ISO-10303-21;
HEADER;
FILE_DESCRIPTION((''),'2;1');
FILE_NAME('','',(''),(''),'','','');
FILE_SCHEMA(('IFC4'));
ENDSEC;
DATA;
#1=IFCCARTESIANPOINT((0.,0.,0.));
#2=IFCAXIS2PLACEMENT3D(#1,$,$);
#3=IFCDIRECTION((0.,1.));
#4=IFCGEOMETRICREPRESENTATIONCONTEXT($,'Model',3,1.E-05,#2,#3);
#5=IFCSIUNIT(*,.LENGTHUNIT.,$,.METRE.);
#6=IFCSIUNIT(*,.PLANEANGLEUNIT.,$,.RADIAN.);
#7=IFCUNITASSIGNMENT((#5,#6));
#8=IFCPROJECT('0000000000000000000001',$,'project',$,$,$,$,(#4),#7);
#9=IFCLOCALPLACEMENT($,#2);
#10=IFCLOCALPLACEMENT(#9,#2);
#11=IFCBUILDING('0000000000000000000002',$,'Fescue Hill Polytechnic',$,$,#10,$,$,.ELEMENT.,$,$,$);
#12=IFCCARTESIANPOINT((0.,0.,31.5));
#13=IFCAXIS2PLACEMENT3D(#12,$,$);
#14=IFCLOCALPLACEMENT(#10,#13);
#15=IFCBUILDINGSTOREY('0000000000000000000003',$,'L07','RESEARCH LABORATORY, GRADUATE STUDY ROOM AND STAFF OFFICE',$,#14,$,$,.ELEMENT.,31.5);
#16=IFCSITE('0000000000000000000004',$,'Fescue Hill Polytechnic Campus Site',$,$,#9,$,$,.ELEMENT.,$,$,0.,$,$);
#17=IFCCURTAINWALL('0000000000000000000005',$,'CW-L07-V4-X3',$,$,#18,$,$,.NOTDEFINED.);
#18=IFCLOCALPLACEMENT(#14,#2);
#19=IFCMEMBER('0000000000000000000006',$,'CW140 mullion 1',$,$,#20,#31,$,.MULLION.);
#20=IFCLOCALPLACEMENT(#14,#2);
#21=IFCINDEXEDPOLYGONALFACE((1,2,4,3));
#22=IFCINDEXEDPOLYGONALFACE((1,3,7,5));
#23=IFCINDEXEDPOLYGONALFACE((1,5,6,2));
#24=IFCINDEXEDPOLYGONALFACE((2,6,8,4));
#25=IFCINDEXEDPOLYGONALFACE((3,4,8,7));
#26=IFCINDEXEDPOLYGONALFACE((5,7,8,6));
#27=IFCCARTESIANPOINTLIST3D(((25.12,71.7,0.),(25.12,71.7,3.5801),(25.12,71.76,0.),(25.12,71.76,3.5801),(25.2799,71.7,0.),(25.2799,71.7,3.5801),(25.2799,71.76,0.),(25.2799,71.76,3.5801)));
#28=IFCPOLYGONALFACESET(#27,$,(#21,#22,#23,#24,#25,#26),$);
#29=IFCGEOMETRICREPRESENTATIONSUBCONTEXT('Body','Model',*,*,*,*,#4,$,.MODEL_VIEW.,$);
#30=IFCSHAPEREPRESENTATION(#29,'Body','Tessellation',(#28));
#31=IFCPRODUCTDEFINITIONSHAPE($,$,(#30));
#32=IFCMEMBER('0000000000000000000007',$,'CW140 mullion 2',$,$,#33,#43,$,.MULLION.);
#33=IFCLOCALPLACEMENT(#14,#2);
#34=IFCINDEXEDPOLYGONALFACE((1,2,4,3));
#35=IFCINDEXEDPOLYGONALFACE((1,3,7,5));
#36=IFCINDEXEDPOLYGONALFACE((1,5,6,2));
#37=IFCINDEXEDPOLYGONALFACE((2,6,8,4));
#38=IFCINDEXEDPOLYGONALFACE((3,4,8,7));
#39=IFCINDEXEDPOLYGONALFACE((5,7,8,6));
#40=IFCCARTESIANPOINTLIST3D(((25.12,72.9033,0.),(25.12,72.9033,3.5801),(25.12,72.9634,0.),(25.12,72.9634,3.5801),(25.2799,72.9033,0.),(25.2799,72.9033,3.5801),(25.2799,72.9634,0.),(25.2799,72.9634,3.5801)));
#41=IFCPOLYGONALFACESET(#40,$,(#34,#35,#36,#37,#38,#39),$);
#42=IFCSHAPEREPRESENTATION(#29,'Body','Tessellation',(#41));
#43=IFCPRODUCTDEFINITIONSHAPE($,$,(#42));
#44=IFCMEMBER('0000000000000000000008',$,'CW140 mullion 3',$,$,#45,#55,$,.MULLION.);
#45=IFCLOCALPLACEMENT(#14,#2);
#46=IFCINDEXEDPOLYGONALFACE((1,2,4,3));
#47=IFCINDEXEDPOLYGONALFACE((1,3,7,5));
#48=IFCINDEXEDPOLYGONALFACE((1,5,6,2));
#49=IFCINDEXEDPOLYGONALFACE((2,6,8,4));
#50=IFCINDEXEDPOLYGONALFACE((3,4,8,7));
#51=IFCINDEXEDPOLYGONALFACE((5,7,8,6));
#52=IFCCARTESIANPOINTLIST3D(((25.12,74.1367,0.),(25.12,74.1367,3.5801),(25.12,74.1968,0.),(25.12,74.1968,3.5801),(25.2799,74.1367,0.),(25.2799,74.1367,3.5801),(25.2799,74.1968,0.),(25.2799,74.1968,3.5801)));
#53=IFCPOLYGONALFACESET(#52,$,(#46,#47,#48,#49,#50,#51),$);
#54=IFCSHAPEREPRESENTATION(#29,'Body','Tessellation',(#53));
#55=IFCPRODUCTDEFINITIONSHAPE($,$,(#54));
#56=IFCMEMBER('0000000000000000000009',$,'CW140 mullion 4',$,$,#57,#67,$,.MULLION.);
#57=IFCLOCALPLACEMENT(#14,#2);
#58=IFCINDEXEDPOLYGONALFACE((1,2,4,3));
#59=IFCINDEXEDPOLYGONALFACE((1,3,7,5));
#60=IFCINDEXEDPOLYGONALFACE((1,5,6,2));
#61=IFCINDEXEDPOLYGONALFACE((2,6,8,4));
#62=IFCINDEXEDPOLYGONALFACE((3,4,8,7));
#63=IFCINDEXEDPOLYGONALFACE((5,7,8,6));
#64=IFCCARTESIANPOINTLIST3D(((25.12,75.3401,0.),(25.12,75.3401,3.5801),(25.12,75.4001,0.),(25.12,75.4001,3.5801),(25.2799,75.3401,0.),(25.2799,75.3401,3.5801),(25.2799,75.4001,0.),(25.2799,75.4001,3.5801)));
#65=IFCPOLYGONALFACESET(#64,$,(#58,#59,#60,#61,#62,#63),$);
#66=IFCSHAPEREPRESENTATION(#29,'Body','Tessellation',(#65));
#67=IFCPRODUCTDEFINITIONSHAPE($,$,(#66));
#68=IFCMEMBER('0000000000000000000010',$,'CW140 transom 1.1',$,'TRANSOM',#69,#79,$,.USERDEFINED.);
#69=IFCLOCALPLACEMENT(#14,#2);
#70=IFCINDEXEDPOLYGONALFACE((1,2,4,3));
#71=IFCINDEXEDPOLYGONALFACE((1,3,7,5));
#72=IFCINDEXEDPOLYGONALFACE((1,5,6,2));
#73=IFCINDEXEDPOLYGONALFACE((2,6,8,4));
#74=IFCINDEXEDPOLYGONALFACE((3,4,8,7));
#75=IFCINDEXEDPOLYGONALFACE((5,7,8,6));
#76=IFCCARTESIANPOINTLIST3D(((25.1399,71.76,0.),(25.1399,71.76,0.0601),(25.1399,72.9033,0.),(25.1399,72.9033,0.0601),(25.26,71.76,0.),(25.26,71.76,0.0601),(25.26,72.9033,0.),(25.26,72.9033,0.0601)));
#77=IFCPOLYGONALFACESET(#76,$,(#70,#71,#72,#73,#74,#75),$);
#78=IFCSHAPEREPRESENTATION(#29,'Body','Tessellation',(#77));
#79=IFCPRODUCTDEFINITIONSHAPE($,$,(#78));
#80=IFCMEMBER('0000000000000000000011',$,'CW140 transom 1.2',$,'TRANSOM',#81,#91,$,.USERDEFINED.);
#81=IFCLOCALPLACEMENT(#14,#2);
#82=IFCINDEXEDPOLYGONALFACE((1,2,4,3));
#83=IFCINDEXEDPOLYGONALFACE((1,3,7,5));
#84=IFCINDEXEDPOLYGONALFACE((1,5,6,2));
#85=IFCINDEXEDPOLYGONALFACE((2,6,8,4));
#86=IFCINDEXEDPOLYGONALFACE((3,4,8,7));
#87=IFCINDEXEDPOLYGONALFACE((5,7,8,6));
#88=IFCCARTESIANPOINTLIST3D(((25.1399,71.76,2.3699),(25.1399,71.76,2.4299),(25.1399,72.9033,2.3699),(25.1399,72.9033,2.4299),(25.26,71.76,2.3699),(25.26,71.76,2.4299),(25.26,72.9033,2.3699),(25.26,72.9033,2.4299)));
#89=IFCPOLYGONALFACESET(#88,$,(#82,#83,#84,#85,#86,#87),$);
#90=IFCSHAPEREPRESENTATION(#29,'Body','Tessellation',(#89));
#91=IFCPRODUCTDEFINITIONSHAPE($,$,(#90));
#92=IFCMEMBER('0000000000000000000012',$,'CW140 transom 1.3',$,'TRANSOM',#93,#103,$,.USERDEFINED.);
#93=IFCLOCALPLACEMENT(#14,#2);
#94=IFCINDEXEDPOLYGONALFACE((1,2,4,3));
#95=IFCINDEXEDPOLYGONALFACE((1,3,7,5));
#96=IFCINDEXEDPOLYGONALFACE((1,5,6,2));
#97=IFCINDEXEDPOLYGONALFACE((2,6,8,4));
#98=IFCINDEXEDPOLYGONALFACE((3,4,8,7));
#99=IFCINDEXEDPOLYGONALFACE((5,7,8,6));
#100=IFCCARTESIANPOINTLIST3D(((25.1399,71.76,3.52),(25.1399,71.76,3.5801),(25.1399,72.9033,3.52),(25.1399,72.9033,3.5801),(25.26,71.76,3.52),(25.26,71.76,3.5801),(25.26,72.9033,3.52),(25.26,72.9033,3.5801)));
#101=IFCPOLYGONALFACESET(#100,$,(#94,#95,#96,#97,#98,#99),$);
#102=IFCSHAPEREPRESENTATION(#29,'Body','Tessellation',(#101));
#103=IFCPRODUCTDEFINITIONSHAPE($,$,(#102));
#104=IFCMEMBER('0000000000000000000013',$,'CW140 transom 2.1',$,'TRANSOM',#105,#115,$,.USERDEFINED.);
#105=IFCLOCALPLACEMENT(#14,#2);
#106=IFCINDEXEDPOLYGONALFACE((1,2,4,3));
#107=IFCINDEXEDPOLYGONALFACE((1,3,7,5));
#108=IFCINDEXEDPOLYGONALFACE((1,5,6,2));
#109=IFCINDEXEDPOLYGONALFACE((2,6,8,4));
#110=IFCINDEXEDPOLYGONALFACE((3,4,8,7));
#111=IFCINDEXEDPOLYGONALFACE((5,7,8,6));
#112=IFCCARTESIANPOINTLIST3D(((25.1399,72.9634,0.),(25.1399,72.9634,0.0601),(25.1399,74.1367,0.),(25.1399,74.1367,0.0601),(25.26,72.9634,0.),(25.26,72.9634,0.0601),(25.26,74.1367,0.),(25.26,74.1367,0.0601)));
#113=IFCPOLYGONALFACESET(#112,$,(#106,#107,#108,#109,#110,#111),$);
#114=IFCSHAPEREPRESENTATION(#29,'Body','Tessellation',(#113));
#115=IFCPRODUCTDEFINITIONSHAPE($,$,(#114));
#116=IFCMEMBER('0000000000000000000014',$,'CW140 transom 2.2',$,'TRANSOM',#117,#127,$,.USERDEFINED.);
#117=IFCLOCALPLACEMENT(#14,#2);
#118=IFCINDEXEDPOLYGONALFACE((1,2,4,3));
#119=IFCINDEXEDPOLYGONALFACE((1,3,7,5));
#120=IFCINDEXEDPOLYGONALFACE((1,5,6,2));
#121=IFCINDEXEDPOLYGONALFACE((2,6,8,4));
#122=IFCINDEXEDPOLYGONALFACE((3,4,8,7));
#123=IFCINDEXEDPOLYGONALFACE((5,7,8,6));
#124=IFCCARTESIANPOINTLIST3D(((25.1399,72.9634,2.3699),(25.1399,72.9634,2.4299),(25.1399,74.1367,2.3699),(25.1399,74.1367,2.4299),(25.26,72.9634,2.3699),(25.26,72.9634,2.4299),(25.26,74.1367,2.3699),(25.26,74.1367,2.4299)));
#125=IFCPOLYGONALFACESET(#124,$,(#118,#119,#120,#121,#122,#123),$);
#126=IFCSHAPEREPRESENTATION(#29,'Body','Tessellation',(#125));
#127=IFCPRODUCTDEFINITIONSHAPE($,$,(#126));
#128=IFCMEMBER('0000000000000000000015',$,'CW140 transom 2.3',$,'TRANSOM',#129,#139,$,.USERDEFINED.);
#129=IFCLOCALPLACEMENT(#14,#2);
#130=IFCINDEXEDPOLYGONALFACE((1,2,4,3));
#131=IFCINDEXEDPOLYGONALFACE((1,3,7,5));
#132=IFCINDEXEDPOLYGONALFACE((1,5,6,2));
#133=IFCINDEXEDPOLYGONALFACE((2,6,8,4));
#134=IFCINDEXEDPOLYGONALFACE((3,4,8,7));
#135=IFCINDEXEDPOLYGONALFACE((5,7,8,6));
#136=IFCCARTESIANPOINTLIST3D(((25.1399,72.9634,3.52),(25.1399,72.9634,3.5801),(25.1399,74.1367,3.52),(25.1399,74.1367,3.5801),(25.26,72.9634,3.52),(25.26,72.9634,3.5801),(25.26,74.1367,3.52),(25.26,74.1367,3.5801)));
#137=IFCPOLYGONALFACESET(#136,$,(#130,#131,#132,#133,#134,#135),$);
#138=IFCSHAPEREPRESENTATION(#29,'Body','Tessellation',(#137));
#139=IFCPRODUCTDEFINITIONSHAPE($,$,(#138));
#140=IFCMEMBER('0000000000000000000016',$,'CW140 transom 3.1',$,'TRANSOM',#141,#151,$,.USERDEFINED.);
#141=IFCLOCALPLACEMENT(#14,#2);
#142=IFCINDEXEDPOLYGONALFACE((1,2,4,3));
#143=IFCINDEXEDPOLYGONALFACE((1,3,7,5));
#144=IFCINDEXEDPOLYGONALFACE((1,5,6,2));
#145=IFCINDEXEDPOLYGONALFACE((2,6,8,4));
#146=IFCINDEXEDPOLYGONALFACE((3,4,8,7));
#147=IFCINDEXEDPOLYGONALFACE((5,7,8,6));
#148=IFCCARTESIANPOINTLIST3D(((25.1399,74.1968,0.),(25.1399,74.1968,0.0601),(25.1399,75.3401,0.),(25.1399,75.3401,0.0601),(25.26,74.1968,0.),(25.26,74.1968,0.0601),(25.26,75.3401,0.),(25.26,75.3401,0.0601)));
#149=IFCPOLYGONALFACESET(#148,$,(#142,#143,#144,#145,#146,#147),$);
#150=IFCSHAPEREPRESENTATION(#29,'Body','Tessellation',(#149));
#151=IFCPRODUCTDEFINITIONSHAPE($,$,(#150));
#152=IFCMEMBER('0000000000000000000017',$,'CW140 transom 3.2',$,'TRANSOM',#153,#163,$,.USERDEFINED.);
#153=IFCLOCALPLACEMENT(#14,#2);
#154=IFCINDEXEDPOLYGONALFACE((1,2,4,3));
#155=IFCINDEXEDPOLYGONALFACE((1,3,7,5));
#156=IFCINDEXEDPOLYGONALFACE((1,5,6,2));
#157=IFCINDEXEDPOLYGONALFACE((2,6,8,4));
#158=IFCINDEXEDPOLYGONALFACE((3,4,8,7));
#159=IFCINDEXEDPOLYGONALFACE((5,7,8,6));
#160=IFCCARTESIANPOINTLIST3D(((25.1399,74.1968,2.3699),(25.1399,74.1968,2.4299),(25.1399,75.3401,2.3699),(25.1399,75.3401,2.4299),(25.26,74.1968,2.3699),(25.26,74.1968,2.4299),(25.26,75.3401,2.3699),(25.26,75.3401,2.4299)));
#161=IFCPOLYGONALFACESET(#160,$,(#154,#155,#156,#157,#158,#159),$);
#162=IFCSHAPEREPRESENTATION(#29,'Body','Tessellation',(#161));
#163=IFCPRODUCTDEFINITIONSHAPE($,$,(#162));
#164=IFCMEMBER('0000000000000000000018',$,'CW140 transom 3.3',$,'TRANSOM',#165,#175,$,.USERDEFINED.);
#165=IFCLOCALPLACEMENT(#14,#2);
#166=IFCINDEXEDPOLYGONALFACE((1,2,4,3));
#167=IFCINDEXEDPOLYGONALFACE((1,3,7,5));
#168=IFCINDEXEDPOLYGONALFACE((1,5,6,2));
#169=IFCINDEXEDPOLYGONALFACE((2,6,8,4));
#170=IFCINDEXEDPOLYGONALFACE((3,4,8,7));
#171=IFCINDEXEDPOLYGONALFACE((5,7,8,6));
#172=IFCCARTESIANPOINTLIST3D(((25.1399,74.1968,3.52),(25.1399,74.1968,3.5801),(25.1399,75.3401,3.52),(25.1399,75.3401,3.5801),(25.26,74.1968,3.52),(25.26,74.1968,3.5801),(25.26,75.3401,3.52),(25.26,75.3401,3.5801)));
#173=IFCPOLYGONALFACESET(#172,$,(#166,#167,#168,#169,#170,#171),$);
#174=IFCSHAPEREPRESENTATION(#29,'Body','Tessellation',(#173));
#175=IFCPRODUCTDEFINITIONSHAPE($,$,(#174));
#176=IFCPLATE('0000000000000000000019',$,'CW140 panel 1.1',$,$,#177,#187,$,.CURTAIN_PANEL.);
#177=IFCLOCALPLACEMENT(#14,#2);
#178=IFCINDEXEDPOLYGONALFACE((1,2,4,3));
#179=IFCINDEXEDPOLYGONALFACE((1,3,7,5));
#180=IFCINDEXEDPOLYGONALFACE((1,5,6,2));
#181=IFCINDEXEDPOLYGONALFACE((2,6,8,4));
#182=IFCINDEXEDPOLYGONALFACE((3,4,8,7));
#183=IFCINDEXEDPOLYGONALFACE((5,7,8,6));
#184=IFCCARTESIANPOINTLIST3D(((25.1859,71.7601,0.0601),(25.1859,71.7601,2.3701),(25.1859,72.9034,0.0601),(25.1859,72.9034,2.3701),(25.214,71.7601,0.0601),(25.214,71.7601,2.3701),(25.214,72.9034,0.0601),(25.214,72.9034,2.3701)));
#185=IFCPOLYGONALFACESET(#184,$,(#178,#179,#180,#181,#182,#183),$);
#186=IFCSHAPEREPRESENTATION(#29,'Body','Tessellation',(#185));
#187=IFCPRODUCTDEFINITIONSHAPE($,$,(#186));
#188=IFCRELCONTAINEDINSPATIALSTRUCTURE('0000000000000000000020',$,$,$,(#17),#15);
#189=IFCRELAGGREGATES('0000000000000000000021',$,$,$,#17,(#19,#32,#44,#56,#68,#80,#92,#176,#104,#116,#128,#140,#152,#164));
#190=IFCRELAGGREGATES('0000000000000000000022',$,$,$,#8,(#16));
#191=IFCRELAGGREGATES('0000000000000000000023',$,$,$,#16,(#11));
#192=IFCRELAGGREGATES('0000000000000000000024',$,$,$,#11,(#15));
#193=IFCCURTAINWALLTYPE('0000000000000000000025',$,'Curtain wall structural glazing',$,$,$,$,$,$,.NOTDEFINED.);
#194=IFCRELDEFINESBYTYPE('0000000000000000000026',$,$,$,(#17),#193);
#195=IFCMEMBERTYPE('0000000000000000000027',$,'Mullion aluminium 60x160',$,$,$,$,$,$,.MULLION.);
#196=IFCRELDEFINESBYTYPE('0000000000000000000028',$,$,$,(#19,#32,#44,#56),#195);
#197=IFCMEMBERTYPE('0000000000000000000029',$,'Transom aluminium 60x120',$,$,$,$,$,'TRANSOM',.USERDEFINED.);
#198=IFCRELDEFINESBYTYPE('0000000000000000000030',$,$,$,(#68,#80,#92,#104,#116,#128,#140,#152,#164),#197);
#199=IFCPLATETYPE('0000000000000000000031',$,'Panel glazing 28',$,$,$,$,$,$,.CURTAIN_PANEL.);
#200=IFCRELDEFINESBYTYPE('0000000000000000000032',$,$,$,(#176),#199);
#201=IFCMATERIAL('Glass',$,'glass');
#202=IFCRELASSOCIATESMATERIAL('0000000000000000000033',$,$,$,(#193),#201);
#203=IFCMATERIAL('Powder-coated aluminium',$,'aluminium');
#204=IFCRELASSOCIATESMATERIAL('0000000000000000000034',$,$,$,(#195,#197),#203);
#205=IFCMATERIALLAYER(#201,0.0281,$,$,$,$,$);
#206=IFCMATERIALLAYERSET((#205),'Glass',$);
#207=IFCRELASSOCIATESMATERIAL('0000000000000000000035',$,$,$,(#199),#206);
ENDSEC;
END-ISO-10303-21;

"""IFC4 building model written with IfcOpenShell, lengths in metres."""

from ifc_helpers import new_model, si_unit, direction, frame, origin, origin_2d, place, context, subcontext, project, spatial, rectangle, extrude, material, layer, layer_set, material_profile, profile_set, type_object, element, aggregate, save


model = new_model("IFC4")

# Units and contexts
model_context = context("Model", 3, precision=1e-05, world=origin(), true_north=direction((0.0, 1.0)))
body_context = subcontext(model_context, "Body", "Model", "MODEL_VIEW")
ifc_project = project(units=[si_unit("LENGTHUNIT", "METRE"), si_unit("PLANEANGLEUNIT", "RADIAN")], contexts=[model_context])

# Site, building, storey
site_placement = place(None, origin())
site = spatial("IfcSite", under=ifc_project, at=site_placement, Name="Fescue Hill Polytechnic Campus Site", CompositionType="ELEMENT", RefElevation=0.0)
building_placement = place(site_placement, origin())
building = spatial("IfcBuilding", under=site, at=building_placement, Name="Fescue Hill Polytechnic", CompositionType="ELEMENT")
storey_placement = place(building_placement, frame((0.0, 0.0, 31.5)))
storey = spatial("IfcBuildingStorey", under=building, at=storey_placement, Name="L07", Description="RESEARCH LABORATORY, GRADUATE STUDY ROOM AND STAFF OFFICE", CompositionType="ELEMENT", Elevation=31.5)

# Curtain wall, members, plate
ifc_material_1 = material(Name="Glass", Category="glass")
curtain_wall_type = type_object("IfcCurtainWallType", Name="Curtain wall structural glazing", PredefinedType="NOTDEFINED", material=ifc_material_1)
curtain_wall_placement = place(storey_placement, origin())
curtain_wall = element("IfcCurtainWall", 1, at=curtain_wall_placement, inside=storey, type_object=curtain_wall_type, Name="CW-L07-V4-X3", PredefinedType="NOTDEFINED")
ifc_material_2 = material(Name="Powder-coated aluminium", Category="aluminium")
ifc_material_profile_1 = material_profile(ifc_material_2, rectangle(XDim=0.1599, YDim=0.0601, at=origin_2d()), Name="Mullion aluminium 60x160")
ifc_profile_set_1 = profile_set([ifc_material_profile_1], Name="Powder-coated aluminium")
member_type_1 = type_object("IfcMemberType", Name="Mullion aluminium 60x160", PredefinedType="MULLION", material=ifc_profile_set_1)
member_1_placement = place(storey_placement, frame((25.2, 71.73, 0.0), z_axis=(0.0, 0.0, 1.0), x_axis=(-1.0, 0.0, 0.0)))
member_1 = element("IfcMember", 2, at=member_1_placement, type_object=member_type_1, Name="CW140 mullion 1", PredefinedType="MULLION", context=body_context, shape_type="SweptSolid", body=[
    extrude(rectangle(XDim=0.1599, YDim=0.0601, at=origin_2d()), origin(), (0.0, 0.0, 1.0), 3.5801),
])
member_2_placement = place(storey_placement, frame((25.2, 72.9333, 0.0), z_axis=(0.0, 0.0, 1.0), x_axis=(-1.0, 0.0, 0.0)))
member_2 = element("IfcMember", 3, at=member_2_placement, type_object=member_type_1, Name="CW140 mullion 2", PredefinedType="MULLION", context=body_context, shape_type="SweptSolid", body=[
    extrude(rectangle(XDim=0.1599, YDim=0.0601, at=origin_2d()), origin(), (0.0, 0.0, 1.0), 3.5801),
])
member_3_placement = place(storey_placement, frame((25.2, 74.1667, 0.0), z_axis=(0.0, 0.0, 1.0), x_axis=(-1.0, 0.0, 0.0)))
member_3 = element("IfcMember", 4, at=member_3_placement, type_object=member_type_1, Name="CW140 mullion 3", PredefinedType="MULLION", context=body_context, shape_type="SweptSolid", body=[
    extrude(rectangle(XDim=0.1599, YDim=0.0601, at=origin_2d()), origin(), (0.0, 0.0, 1.0), 3.5801),
])
member_4_placement = place(storey_placement, frame((25.2, 75.3701, 0.0), z_axis=(0.0, 0.0, 1.0), x_axis=(-1.0, 0.0, 0.0)))
member_4 = element("IfcMember", 5, at=member_4_placement, type_object=member_type_1, Name="CW140 mullion 4", PredefinedType="MULLION", context=body_context, shape_type="SweptSolid", body=[
    extrude(rectangle(XDim=0.1599, YDim=0.0601, at=origin_2d()), origin(), (0.0, 0.0, 1.0), 3.5801),
])
ifc_material_profile_2 = material_profile(ifc_material_2, rectangle(XDim=0.1201, YDim=0.0601, at=origin_2d()), Name="Transom aluminium 60x120")
ifc_profile_set_2 = profile_set([ifc_material_profile_2], Name="Powder-coated aluminium")
member_type_2 = type_object("IfcMemberType", Name="Transom aluminium 60x120", ElementType="TRANSOM", PredefinedType="USERDEFINED", material=ifc_profile_set_2)
member_5_placement = place(storey_placement, frame((25.2, 71.76, 0.03), z_axis=(0.0, 1.0, 0.0), x_axis=(-1.0, 0.0, 0.0)))
member_5 = element("IfcMember", 6, at=member_5_placement, type_object=member_type_2, Name="CW140 transom 1.1", ObjectType="TRANSOM", PredefinedType="USERDEFINED", context=body_context, shape_type="SweptSolid", body=[
    extrude(rectangle(XDim=0.1201, YDim=0.0601, at=origin_2d()), origin(), (0.0, 0.0, 1.0), 1.1433),
])
member_6_placement = place(storey_placement, frame((25.2, 71.76, 2.3999), z_axis=(0.0, 1.0, 0.0), x_axis=(-1.0, 0.0, 0.0)))
member_6 = element("IfcMember", 7, at=member_6_placement, type_object=member_type_2, Name="CW140 transom 1.2", ObjectType="TRANSOM", PredefinedType="USERDEFINED", context=body_context, shape_type="SweptSolid", body=[
    extrude(rectangle(XDim=0.1201, YDim=0.0601, at=origin_2d()), origin(), (0.0, 0.0, 1.0), 1.1433),
])
member_7_placement = place(storey_placement, frame((25.2, 71.76, 3.55), z_axis=(0.0, 1.0, 0.0), x_axis=(-1.0, 0.0, 0.0)))
member_7 = element("IfcMember", 8, at=member_7_placement, type_object=member_type_2, Name="CW140 transom 1.3", ObjectType="TRANSOM", PredefinedType="USERDEFINED", context=body_context, shape_type="SweptSolid", body=[
    extrude(rectangle(XDim=0.1201, YDim=0.0601, at=origin_2d()), origin(), (0.0, 0.0, 1.0), 1.1433),
])
member_8_placement = place(storey_placement, frame((25.2, 72.9634, 0.03), z_axis=(0.0, 1.0, 0.0), x_axis=(-1.0, 0.0, 0.0)))
member_8 = element("IfcMember", 9, at=member_8_placement, type_object=member_type_2, Name="CW140 transom 2.1", ObjectType="TRANSOM", PredefinedType="USERDEFINED", context=body_context, shape_type="SweptSolid", body=[
    extrude(rectangle(XDim=0.1201, YDim=0.0601, at=origin_2d()), origin(), (0.0, 0.0, 1.0), 1.1733),
])
member_9_placement = place(storey_placement, frame((25.2, 72.9634, 2.3999), z_axis=(0.0, 1.0, 0.0), x_axis=(-1.0, 0.0, 0.0)))
member_9 = element("IfcMember", 10, at=member_9_placement, type_object=member_type_2, Name="CW140 transom 2.2", ObjectType="TRANSOM", PredefinedType="USERDEFINED", context=body_context, shape_type="SweptSolid", body=[
    extrude(rectangle(XDim=0.1201, YDim=0.0601, at=origin_2d()), origin(), (0.0, 0.0, 1.0), 1.1733),
])
member_10_placement = place(storey_placement, frame((25.2, 72.9634, 3.55), z_axis=(0.0, 1.0, 0.0), x_axis=(-1.0, 0.0, 0.0)))
member_10 = element("IfcMember", 11, at=member_10_placement, type_object=member_type_2, Name="CW140 transom 2.3", ObjectType="TRANSOM", PredefinedType="USERDEFINED", context=body_context, shape_type="SweptSolid", body=[
    extrude(rectangle(XDim=0.1201, YDim=0.0601, at=origin_2d()), origin(), (0.0, 0.0, 1.0), 1.1733),
])
member_11_placement = place(storey_placement, frame((25.2, 74.1968, 0.03), z_axis=(0.0, 1.0, 0.0), x_axis=(-1.0, 0.0, 0.0)))
member_11 = element("IfcMember", 12, at=member_11_placement, type_object=member_type_2, Name="CW140 transom 3.1", ObjectType="TRANSOM", PredefinedType="USERDEFINED", context=body_context, shape_type="SweptSolid", body=[
    extrude(rectangle(XDim=0.1201, YDim=0.0601, at=origin_2d()), origin(), (0.0, 0.0, 1.0), 1.1433),
])
member_12_placement = place(storey_placement, frame((25.2, 74.1968, 2.3999), z_axis=(0.0, 1.0, 0.0), x_axis=(-1.0, 0.0, 0.0)))
member_12 = element("IfcMember", 13, at=member_12_placement, type_object=member_type_2, Name="CW140 transom 3.2", ObjectType="TRANSOM", PredefinedType="USERDEFINED", context=body_context, shape_type="SweptSolid", body=[
    extrude(rectangle(XDim=0.1201, YDim=0.0601, at=origin_2d()), origin(), (0.0, 0.0, 1.0), 1.1433),
])
member_13_placement = place(storey_placement, frame((25.2, 74.1968, 3.55), z_axis=(0.0, 1.0, 0.0), x_axis=(-1.0, 0.0, 0.0)))
member_13 = element("IfcMember", 14, at=member_13_placement, type_object=member_type_2, Name="CW140 transom 3.3", ObjectType="TRANSOM", PredefinedType="USERDEFINED", context=body_context, shape_type="SweptSolid", body=[
    extrude(rectangle(XDim=0.1201, YDim=0.0601, at=origin_2d()), origin(), (0.0, 0.0, 1.0), 1.1433),
])
ifc_layer_1 = layer(ifc_material_1, 0.0281)
ifc_layer_set_1 = layer_set([ifc_layer_1], Name="Glass")
plate_type = type_object("IfcPlateType", Name="Panel glazing 28", PredefinedType="CURTAIN_PANEL", material=ifc_layer_set_1)
plate_1_placement = place(storey_placement, frame((25.2, 72.3318, 0.0601), z_axis=(0.0, 0.0, 1.0), x_axis=(0.0, 1.0, 0.0)))
plate_1 = element("IfcPlate", 15, at=plate_1_placement, type_object=plate_type, Name="CW140 panel 1.1", PredefinedType="CURTAIN_PANEL", context=body_context, shape_type="SweptSolid", body=[
    extrude(rectangle(XDim=1.1433, YDim=0.0281, at=origin_2d()), origin(), (0.0, 0.0, 1.0), 2.3101),
])
aggregate(curtain_wall, [member_1, member_2, member_3, member_4, member_5, member_6, member_7, plate_1, member_8, member_9, member_10, member_11, member_12, member_13])

save(model, "model.ifc")
